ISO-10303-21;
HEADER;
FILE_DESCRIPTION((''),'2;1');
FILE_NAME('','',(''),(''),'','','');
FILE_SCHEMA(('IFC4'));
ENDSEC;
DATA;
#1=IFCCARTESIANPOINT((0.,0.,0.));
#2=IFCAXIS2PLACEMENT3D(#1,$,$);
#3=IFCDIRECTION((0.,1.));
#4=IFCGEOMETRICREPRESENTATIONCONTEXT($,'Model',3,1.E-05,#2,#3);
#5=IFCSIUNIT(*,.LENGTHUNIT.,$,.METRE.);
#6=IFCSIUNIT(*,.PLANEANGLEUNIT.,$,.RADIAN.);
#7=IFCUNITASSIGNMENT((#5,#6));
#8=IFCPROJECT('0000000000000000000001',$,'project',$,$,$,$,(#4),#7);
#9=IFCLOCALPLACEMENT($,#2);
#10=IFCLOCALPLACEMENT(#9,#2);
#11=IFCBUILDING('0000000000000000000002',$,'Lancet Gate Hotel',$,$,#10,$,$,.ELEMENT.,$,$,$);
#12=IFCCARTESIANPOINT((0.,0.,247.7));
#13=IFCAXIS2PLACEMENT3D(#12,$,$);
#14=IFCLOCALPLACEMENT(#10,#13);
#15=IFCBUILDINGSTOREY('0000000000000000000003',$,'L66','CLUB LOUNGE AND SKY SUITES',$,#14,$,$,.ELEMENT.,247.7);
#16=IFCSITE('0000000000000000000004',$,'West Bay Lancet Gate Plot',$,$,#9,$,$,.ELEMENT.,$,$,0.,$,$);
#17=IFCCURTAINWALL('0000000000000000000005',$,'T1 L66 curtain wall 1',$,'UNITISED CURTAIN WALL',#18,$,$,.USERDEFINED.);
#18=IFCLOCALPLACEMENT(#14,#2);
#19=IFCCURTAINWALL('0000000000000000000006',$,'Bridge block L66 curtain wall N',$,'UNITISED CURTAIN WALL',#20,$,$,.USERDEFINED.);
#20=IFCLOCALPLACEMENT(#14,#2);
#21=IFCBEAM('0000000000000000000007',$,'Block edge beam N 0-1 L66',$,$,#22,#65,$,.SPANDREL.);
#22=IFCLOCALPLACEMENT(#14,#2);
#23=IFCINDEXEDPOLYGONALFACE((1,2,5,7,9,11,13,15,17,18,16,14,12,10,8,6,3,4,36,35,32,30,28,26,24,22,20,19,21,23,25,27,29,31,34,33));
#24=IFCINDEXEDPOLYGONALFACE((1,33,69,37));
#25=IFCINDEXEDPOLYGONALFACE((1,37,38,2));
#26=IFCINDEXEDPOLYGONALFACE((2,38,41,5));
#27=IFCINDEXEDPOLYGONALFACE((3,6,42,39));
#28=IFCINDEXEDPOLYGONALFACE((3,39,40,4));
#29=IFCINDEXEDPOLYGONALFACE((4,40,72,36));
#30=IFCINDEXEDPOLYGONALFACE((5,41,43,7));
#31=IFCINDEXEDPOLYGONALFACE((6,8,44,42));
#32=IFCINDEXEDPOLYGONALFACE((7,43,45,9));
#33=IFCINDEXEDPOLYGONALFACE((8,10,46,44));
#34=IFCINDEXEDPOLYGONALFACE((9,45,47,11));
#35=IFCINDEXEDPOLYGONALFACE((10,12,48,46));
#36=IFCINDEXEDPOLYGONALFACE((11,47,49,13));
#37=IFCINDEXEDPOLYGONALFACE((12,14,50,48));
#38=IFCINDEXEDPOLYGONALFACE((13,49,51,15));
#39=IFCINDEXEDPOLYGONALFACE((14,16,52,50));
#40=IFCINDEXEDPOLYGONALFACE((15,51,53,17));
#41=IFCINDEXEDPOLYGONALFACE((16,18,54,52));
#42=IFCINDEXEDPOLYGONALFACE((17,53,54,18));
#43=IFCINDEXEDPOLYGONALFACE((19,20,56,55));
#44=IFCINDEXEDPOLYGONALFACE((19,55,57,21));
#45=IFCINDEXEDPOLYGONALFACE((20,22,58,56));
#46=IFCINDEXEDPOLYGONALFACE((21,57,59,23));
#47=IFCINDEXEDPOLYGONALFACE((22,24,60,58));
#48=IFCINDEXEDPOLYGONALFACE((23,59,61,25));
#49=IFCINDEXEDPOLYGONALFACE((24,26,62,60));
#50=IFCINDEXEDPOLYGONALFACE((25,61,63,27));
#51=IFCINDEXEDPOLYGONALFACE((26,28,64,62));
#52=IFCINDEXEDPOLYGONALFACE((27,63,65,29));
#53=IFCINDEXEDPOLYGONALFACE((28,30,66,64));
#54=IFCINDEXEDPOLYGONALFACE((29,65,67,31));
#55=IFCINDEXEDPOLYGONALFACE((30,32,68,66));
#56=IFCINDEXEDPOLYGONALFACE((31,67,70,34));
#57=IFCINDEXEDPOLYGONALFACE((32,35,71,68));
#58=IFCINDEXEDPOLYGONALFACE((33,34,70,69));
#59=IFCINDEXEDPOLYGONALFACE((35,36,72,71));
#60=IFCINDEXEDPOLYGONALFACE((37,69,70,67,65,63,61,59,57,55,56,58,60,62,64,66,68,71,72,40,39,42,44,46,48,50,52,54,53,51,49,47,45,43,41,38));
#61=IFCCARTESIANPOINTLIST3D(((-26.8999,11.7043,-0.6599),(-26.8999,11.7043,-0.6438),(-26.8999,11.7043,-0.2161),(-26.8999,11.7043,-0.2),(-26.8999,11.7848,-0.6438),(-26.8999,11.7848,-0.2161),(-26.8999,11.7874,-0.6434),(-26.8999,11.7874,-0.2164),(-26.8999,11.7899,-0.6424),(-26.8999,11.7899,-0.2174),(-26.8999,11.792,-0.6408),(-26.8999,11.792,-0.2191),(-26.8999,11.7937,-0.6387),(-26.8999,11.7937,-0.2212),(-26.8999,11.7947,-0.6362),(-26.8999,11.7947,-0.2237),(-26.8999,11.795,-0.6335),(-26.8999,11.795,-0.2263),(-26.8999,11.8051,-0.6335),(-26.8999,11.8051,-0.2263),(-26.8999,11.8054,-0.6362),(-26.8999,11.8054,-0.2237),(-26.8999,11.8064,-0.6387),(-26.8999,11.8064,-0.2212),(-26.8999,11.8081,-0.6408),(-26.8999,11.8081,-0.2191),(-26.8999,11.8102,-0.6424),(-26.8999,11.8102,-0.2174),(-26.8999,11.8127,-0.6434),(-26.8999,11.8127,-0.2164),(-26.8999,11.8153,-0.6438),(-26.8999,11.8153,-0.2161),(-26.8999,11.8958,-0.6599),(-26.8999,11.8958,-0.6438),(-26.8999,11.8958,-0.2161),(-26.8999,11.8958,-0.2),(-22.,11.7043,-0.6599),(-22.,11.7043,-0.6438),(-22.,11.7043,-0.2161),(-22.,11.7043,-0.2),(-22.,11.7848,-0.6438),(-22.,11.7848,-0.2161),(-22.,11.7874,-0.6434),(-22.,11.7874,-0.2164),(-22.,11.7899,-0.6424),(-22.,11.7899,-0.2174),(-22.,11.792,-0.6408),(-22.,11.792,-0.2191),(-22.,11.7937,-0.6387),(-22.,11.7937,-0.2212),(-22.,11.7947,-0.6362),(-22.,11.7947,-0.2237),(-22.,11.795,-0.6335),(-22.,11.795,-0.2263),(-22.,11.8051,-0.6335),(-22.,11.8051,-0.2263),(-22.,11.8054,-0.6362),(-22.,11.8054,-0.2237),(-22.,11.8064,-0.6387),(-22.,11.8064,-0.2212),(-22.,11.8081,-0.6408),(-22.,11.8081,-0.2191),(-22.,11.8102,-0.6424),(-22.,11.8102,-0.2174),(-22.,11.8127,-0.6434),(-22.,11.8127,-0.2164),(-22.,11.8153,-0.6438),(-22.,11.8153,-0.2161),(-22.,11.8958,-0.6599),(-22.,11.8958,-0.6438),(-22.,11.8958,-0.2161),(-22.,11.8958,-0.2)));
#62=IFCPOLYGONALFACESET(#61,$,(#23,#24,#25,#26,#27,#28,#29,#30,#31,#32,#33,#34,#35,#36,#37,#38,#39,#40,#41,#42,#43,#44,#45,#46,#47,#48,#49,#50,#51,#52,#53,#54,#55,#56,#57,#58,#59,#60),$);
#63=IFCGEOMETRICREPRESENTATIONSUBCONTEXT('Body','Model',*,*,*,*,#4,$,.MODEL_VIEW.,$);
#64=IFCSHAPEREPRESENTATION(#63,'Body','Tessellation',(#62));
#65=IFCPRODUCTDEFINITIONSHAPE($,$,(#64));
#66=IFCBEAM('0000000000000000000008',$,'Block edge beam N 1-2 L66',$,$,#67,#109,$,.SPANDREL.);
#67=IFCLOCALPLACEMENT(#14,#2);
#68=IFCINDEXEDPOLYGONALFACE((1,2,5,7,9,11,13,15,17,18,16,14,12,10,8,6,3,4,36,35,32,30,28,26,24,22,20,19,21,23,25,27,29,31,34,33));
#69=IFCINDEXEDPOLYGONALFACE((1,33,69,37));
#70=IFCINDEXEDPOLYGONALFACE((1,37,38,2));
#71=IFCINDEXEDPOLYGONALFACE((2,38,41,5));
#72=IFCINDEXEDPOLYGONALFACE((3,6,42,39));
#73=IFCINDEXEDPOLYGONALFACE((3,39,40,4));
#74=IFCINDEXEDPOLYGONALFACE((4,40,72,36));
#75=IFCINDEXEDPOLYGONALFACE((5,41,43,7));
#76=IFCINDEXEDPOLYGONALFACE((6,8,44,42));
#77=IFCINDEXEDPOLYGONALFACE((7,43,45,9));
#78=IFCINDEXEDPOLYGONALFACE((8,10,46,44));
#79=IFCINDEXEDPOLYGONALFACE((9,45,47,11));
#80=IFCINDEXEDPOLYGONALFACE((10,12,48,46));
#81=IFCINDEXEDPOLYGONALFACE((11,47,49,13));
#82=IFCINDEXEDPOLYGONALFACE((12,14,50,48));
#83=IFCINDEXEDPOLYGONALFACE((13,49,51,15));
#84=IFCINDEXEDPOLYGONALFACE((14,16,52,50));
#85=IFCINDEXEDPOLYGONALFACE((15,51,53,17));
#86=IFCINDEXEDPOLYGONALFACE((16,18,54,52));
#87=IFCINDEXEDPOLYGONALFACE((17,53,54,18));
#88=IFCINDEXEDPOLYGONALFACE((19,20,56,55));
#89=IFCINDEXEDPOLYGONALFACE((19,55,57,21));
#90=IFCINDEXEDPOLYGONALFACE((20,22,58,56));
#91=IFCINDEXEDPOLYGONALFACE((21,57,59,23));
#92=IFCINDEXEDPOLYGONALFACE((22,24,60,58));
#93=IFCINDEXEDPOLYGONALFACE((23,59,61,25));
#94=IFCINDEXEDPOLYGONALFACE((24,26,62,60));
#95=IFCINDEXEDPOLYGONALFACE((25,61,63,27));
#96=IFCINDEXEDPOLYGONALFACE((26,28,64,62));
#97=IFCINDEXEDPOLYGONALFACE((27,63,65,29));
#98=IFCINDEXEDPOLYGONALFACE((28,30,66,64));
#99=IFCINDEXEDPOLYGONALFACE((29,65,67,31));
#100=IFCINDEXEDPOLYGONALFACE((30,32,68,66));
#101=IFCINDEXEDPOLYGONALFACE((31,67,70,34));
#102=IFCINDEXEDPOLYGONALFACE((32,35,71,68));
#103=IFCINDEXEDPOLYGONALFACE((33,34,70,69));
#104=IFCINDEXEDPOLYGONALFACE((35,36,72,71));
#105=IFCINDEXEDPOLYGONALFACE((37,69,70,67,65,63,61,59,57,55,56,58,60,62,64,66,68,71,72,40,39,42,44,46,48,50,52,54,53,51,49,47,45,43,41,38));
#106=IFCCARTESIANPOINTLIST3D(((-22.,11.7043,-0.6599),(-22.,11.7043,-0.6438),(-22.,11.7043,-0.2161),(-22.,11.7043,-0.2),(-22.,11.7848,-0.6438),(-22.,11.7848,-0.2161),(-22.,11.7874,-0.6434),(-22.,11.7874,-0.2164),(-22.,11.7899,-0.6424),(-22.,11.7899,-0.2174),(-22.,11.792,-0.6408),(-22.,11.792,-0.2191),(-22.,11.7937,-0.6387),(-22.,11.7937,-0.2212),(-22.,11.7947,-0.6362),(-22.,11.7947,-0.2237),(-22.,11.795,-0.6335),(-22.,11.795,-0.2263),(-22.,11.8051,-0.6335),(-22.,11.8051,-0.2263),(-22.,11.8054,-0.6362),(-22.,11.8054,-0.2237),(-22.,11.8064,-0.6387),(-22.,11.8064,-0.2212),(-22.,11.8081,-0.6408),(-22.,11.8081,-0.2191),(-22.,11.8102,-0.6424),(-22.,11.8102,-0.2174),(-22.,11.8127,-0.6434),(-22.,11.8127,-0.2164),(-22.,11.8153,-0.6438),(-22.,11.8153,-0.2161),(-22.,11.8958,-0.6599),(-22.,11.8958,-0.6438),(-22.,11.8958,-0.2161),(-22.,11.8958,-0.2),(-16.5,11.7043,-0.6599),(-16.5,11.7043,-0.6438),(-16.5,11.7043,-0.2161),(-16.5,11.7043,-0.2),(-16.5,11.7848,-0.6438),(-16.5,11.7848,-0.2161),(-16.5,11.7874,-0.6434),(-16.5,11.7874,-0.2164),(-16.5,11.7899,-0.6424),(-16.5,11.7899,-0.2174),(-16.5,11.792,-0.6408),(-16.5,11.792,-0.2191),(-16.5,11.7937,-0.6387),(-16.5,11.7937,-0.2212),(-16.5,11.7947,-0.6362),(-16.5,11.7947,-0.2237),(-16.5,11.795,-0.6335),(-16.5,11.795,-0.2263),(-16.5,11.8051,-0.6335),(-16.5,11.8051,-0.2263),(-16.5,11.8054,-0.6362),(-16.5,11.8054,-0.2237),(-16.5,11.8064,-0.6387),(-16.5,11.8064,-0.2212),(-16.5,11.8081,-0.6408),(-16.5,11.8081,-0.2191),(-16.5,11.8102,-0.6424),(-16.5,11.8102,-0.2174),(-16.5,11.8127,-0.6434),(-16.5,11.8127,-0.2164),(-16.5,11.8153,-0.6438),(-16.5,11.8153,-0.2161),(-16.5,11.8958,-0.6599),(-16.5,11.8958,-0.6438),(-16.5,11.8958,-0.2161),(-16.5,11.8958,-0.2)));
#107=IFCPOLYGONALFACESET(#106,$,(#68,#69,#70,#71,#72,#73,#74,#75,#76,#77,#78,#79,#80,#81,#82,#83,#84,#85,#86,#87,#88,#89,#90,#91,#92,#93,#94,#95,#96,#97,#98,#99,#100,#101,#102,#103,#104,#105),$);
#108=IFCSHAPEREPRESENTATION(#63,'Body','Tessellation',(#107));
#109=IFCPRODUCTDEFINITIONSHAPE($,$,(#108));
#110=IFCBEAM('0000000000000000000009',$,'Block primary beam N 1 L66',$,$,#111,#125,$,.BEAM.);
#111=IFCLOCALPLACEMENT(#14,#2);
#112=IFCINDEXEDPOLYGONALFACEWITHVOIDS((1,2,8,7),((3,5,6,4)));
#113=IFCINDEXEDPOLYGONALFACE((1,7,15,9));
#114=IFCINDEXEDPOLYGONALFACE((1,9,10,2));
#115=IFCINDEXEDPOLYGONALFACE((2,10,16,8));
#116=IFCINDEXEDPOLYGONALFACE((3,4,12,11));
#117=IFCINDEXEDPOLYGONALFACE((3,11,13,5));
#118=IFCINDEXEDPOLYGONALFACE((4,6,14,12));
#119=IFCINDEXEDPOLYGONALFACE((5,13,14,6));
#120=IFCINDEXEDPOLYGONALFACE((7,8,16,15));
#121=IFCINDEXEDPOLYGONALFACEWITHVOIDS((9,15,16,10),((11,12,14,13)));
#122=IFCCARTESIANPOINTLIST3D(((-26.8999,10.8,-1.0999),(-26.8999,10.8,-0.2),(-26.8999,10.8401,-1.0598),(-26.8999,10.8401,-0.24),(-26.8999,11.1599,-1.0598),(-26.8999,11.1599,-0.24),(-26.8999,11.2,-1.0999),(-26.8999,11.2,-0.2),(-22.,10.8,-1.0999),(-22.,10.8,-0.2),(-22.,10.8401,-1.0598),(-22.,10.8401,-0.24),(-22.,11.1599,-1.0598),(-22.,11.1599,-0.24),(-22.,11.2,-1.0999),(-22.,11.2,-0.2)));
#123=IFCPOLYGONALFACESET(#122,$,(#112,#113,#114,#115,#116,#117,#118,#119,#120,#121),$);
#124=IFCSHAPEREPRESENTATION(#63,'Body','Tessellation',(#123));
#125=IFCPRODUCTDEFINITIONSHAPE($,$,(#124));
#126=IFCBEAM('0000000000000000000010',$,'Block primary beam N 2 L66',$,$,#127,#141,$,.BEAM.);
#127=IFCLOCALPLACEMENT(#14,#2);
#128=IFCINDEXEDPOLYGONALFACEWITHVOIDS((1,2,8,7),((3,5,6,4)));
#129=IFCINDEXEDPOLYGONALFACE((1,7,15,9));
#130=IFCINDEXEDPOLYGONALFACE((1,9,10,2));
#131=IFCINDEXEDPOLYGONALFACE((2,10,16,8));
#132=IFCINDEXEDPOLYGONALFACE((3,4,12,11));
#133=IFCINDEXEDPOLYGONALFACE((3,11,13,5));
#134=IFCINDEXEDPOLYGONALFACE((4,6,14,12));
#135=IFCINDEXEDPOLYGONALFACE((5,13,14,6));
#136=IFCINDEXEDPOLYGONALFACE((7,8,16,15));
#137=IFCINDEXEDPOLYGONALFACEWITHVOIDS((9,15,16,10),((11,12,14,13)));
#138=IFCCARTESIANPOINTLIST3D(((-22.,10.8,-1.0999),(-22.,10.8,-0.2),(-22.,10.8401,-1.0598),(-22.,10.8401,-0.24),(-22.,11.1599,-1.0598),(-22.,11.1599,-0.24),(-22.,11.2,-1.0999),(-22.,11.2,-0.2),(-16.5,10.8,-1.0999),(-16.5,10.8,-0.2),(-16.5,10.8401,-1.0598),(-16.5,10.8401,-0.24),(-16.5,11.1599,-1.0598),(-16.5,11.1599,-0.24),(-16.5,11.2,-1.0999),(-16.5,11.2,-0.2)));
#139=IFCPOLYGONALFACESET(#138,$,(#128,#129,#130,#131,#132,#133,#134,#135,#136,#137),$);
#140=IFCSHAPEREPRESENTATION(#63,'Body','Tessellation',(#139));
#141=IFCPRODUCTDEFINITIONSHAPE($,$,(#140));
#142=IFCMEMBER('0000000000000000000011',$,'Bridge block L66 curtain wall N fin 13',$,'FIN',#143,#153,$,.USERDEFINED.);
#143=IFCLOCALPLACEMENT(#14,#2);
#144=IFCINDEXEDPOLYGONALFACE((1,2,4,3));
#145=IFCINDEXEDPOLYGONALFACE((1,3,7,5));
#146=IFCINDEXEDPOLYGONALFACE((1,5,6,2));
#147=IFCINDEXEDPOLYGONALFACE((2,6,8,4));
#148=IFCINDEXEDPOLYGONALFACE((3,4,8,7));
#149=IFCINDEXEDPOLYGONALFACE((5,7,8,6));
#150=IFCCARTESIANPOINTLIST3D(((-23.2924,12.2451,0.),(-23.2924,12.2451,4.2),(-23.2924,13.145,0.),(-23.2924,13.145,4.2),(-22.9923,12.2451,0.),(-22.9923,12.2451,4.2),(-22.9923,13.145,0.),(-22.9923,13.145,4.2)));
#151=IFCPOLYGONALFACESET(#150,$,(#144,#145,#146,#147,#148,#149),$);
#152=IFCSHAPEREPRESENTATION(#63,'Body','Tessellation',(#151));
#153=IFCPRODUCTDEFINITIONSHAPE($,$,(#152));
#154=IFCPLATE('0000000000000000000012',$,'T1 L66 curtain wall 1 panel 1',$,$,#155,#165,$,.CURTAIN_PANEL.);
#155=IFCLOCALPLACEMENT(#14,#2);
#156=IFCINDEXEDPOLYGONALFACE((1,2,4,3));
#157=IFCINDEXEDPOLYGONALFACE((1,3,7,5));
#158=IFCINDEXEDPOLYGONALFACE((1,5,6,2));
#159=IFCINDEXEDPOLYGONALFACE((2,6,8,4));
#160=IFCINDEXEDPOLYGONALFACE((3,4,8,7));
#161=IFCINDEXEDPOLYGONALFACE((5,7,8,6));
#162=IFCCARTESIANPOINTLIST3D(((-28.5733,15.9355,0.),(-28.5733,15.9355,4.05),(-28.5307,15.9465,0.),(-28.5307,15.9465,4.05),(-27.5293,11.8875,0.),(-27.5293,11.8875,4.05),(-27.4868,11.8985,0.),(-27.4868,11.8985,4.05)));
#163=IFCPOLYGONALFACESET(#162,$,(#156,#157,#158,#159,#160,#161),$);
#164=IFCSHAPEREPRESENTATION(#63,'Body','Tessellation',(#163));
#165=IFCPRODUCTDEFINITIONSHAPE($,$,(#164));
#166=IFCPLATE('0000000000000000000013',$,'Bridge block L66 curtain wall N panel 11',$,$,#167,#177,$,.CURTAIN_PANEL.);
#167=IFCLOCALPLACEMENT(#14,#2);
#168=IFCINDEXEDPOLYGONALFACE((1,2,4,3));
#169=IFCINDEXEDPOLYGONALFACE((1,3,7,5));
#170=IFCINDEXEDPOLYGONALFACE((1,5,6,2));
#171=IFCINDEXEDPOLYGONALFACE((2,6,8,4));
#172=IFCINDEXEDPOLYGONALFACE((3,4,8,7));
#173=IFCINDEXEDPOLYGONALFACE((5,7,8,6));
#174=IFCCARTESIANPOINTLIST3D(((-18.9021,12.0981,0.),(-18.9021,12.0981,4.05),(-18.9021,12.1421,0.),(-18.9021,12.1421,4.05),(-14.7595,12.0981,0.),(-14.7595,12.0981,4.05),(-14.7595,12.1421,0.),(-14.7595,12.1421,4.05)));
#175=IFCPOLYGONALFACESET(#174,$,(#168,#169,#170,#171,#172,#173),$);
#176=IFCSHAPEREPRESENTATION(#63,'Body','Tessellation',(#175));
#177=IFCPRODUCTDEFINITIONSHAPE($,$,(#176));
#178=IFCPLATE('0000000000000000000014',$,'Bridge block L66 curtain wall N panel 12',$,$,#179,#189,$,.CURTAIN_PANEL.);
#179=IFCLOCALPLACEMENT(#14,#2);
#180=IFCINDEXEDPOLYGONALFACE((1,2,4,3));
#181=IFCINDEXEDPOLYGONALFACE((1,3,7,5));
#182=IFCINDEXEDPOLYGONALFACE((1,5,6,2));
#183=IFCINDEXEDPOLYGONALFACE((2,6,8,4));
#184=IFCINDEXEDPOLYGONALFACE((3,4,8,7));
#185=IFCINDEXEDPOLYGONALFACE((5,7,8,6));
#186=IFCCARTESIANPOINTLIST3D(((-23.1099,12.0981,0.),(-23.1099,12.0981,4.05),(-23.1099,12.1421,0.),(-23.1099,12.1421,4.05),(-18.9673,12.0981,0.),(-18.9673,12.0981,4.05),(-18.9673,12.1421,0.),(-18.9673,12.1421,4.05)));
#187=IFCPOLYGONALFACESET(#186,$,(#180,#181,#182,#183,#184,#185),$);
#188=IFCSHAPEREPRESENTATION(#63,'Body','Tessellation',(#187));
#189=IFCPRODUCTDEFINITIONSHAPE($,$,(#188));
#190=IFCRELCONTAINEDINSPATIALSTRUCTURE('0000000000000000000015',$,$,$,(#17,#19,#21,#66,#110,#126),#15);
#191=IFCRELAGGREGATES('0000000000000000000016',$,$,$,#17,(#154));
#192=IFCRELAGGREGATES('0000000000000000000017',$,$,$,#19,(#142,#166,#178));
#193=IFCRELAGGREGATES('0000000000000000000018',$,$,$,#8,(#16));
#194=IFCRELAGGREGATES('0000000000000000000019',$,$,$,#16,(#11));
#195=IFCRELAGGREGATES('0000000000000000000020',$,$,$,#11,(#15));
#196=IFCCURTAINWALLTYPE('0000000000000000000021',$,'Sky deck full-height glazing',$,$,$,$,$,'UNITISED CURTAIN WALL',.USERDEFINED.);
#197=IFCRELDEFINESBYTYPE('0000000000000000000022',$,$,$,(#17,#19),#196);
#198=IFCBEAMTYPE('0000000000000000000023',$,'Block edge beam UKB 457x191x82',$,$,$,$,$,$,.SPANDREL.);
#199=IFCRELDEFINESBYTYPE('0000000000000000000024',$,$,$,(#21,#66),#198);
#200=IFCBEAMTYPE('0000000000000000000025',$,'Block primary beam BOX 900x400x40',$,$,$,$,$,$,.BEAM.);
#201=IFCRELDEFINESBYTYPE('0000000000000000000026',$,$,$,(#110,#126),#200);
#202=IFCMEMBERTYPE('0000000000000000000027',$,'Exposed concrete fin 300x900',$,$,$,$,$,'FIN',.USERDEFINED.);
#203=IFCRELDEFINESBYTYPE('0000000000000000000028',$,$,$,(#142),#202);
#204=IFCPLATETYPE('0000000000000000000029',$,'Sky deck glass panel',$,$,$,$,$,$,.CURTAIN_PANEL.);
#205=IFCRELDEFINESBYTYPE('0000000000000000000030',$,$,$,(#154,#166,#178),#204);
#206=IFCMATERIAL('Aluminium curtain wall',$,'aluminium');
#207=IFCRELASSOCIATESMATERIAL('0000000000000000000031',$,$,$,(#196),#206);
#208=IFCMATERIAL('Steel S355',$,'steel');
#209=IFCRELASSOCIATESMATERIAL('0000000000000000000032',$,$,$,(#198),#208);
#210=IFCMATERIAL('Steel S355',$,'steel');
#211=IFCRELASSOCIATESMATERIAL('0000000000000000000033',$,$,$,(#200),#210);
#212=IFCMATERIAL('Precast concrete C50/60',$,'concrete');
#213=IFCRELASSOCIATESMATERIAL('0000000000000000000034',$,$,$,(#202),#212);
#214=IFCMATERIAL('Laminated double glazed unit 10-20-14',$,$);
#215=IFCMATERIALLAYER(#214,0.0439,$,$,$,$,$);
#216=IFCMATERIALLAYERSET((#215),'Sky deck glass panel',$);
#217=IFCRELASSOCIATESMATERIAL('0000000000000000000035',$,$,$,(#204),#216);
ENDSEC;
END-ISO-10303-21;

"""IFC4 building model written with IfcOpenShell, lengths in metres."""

from ifc_helpers import new_model, si_unit, direction, frame, origin, origin_2d, place, context, subcontext, project, spatial, rectangle, hollow_rectangle, i_section, extrude, material, layer, layer_set, material_profile, profile_set, type_object, element, aggregate, save


model = new_model("IFC4")

# Units and contexts
model_context = context("Model", 3, precision=1e-05, world=origin(), true_north=direction((0.0, 1.0)))
body_context = subcontext(model_context, "Body", "Model", "MODEL_VIEW")
ifc_project = project(units=[si_unit("LENGTHUNIT", "METRE"), si_unit("PLANEANGLEUNIT", "RADIAN")], contexts=[model_context])

# Site, building, storey
site_placement = place(None, origin())
site = spatial("IfcSite", under=ifc_project, at=site_placement, Name="West Bay Lancet Gate Plot", CompositionType="ELEMENT", RefElevation=0.0)
building_placement = place(site_placement, origin())
building = spatial("IfcBuilding", under=site, at=building_placement, Name="Lancet Gate Hotel", CompositionType="ELEMENT")
storey_placement = place(building_placement, frame((0.0, 0.0, 247.7)))
storey = spatial("IfcBuildingStorey", under=building, at=storey_placement, Name="L66", Description="CLUB LOUNGE AND SKY SUITES", CompositionType="ELEMENT", Elevation=247.7)

# Curtain wall
ifc_material_1 = material(Name="Aluminium curtain wall", Category="aluminium")
curtain_wall_type = type_object("IfcCurtainWallType", Name="Sky deck full-height glazing", ElementType="UNITISED CURTAIN WALL", PredefinedType="USERDEFINED", material=ifc_material_1)
curtain_wall_1_placement = place(storey_placement, origin())
curtain_wall_1 = element("IfcCurtainWall", 1, at=curtain_wall_1_placement, inside=storey, type_object=curtain_wall_type, Name="T1 L66 curtain wall 1", ObjectType="UNITISED CURTAIN WALL", PredefinedType="USERDEFINED")

# Curtain wall
curtain_wall_2_placement = place(storey_placement, origin())
curtain_wall_2 = element("IfcCurtainWall", 2, at=curtain_wall_2_placement, inside=storey, type_object=curtain_wall_type, Name="Bridge block L66 curtain wall N", ObjectType="UNITISED CURTAIN WALL", PredefinedType="USERDEFINED")

# Beams
ifc_material_2 = material(Name="Steel S355", Category="steel")
ifc_material_profile_1 = material_profile(ifc_material_2, i_section(OverallWidth=0.1914, OverallDepth=0.46, WebThickness=0.01, FlangeThickness=0.0161, FilletRadius=0.0103, at=origin_2d()), Name="UKB 457x191x82")
ifc_profile_set_1 = profile_set([ifc_material_profile_1], Name="Steel S355")
beam_type_1 = type_object("IfcBeamType", Name="Block edge beam UKB 457x191x82", PredefinedType="SPANDREL", material=ifc_profile_set_1)
beam_1_placement = place(storey_placement, frame((-26.8999, 11.8, -0.4299), z_axis=(1.0, 0.0, 0.0), x_axis=(0.0, 1.0, 0.0)))
element("IfcBeam", 3, at=beam_1_placement, inside=storey, type_object=beam_type_1, Name="Block edge beam N 0-1 L66", PredefinedType="SPANDREL", context=body_context, shape_type="SweptSolid", body=[
    extrude(i_section(OverallWidth=0.1914, OverallDepth=0.46, WebThickness=0.01, FlangeThickness=0.0161, FilletRadius=0.0103, at=origin_2d()), origin(), (0.0, 0.0, 1.0), 4.8999),
])
beam_2_placement = place(storey_placement, frame((-22.0, 11.8, -0.4299), z_axis=(1.0, 0.0, 0.0), x_axis=(0.0, 1.0, 0.0)))
element("IfcBeam", 4, at=beam_2_placement, inside=storey, type_object=beam_type_1, Name="Block edge beam N 1-2 L66", PredefinedType="SPANDREL", context=body_context, shape_type="SweptSolid", body=[
    extrude(i_section(OverallWidth=0.1914, OverallDepth=0.46, WebThickness=0.01, FlangeThickness=0.0161, FilletRadius=0.0103, at=origin_2d()), origin(), (0.0, 0.0, 1.0), 5.5),
])
ifc_material_3 = material(Name="Steel S355", Category="steel")
ifc_material_profile_2 = material_profile(ifc_material_3, hollow_rectangle(XDim=0.3999, YDim=0.8999, WallThickness=0.04, at=origin_2d()), Name="BOX 900x400x40")
ifc_profile_set_2 = profile_set([ifc_material_profile_2], Name="Steel S355")
beam_type_2 = type_object("IfcBeamType", Name="Block primary beam BOX 900x400x40", PredefinedType="BEAM", material=ifc_profile_set_2)
beam_3_placement = place(storey_placement, frame((-26.8999, 11.0, -0.6499), z_axis=(1.0, 0.0, 0.0), x_axis=(0.0, 1.0, 0.0)))
element("IfcBeam", 5, at=beam_3_placement, inside=storey, type_object=beam_type_2, Name="Block primary beam N 1 L66", PredefinedType="BEAM", context=body_context, shape_type="SweptSolid", body=[
    extrude(hollow_rectangle(XDim=0.3999, YDim=0.8999, WallThickness=0.04, at=origin_2d()), origin(), (0.0, 0.0, 1.0), 4.8999),
])
beam_4_placement = place(storey_placement, frame((-22.0, 11.0, -0.6499), z_axis=(1.0, 0.0, 0.0), x_axis=(0.0, 1.0, 0.0)))
element("IfcBeam", 6, at=beam_4_placement, inside=storey, type_object=beam_type_2, Name="Block primary beam N 2 L66", PredefinedType="BEAM", context=body_context, shape_type="SweptSolid", body=[
    extrude(hollow_rectangle(XDim=0.3999, YDim=0.8999, WallThickness=0.04, at=origin_2d()), origin(), (0.0, 0.0, 1.0), 5.5),
])

# Member
ifc_material_4 = material(Name="Precast concrete C50/60", Category="concrete")
ifc_material_profile_3 = material_profile(ifc_material_4, rectangle(XDim=0.3, YDim=0.8999, at=origin_2d()), Name="FIN 300x900")
ifc_profile_set_3 = profile_set([ifc_material_profile_3], Name="Precast concrete C50/60")
member_type_1 = type_object("IfcMemberType", Name="Exposed concrete fin 300x900", ElementType="FIN", PredefinedType="USERDEFINED", material=ifc_profile_set_3)
member_1_placement = place(storey_placement, frame((-23.1423, 12.6951, 0.0), z_axis=(0.0, 0.0, 1.0), x_axis=(-1.0, 0.0, 0.0)))
member_1 = element("IfcMember", 7, at=member_1_placement, type_object=member_type_1, Name="Bridge block L66 curtain wall N fin 13", ObjectType="FIN", PredefinedType="USERDEFINED", context=body_context, shape_type="SweptSolid", body=[
    extrude(rectangle(XDim=0.3, YDim=0.8999, at=origin_2d()), origin(), (0.0, 0.0, 1.0), 4.2),
])

# Plates
ifc_material_5 = material(Name="Laminated double glazed unit 10-20-14")
ifc_layer_1 = layer(ifc_material_5, 0.0439)
ifc_layer_set_1 = layer_set([ifc_layer_1], Name="Sky deck glass panel")
plate_type = type_object("IfcPlateType", Name="Sky deck glass panel", PredefinedType="CURTAIN_PANEL", material=ifc_layer_set_1)
plate_1_placement = place(storey_placement, frame((-28.03, 13.917, 0.0), z_axis=(0.0, 0.0, 1.0), x_axis=(-0.249726, 0.968317, 0.0)))
plate_1 = element("IfcPlate", 8, at=plate_1_placement, type_object=plate_type, Name="T1 L66 curtain wall 1 panel 1", PredefinedType="CURTAIN_PANEL", context=body_context, shape_type="SweptSolid", body=[
    extrude(rectangle(XDim=4.1804, YDim=0.0439, at=origin_2d()), origin(), (0.0, 0.0, 1.0), 4.05),
])
aggregate(curtain_wall_1, [plate_1])
plate_2_placement = place(storey_placement, frame((-16.8308, 12.1201, 0.0), z_axis=(0.0, 0.0, 1.0), x_axis=(-1.0, 0.0, 0.0)))
plate_2 = element("IfcPlate", 9, at=plate_2_placement, type_object=plate_type, Name="Bridge block L66 curtain wall N panel 11", PredefinedType="CURTAIN_PANEL", context=body_context, shape_type="SweptSolid", body=[
    extrude(rectangle(XDim=4.1426, YDim=0.0439, at=origin_2d()), origin(), (0.0, 0.0, 1.0), 4.05),
])
plate_3_placement = place(storey_placement, frame((-21.0386, 12.1201, 0.0), z_axis=(0.0, 0.0, 1.0), x_axis=(-1.0, 0.0, 0.0)))
plate_3 = element("IfcPlate", 10, at=plate_3_placement, type_object=plate_type, Name="Bridge block L66 curtain wall N panel 12", PredefinedType="CURTAIN_PANEL", context=body_context, shape_type="SweptSolid", body=[
    extrude(rectangle(XDim=4.1426, YDim=0.0439, at=origin_2d()), origin(), (0.0, 0.0, 1.0), 4.05),
])
aggregate(curtain_wall_2, [member_1, plate_2, plate_3])

save(model, "model.ifc")
